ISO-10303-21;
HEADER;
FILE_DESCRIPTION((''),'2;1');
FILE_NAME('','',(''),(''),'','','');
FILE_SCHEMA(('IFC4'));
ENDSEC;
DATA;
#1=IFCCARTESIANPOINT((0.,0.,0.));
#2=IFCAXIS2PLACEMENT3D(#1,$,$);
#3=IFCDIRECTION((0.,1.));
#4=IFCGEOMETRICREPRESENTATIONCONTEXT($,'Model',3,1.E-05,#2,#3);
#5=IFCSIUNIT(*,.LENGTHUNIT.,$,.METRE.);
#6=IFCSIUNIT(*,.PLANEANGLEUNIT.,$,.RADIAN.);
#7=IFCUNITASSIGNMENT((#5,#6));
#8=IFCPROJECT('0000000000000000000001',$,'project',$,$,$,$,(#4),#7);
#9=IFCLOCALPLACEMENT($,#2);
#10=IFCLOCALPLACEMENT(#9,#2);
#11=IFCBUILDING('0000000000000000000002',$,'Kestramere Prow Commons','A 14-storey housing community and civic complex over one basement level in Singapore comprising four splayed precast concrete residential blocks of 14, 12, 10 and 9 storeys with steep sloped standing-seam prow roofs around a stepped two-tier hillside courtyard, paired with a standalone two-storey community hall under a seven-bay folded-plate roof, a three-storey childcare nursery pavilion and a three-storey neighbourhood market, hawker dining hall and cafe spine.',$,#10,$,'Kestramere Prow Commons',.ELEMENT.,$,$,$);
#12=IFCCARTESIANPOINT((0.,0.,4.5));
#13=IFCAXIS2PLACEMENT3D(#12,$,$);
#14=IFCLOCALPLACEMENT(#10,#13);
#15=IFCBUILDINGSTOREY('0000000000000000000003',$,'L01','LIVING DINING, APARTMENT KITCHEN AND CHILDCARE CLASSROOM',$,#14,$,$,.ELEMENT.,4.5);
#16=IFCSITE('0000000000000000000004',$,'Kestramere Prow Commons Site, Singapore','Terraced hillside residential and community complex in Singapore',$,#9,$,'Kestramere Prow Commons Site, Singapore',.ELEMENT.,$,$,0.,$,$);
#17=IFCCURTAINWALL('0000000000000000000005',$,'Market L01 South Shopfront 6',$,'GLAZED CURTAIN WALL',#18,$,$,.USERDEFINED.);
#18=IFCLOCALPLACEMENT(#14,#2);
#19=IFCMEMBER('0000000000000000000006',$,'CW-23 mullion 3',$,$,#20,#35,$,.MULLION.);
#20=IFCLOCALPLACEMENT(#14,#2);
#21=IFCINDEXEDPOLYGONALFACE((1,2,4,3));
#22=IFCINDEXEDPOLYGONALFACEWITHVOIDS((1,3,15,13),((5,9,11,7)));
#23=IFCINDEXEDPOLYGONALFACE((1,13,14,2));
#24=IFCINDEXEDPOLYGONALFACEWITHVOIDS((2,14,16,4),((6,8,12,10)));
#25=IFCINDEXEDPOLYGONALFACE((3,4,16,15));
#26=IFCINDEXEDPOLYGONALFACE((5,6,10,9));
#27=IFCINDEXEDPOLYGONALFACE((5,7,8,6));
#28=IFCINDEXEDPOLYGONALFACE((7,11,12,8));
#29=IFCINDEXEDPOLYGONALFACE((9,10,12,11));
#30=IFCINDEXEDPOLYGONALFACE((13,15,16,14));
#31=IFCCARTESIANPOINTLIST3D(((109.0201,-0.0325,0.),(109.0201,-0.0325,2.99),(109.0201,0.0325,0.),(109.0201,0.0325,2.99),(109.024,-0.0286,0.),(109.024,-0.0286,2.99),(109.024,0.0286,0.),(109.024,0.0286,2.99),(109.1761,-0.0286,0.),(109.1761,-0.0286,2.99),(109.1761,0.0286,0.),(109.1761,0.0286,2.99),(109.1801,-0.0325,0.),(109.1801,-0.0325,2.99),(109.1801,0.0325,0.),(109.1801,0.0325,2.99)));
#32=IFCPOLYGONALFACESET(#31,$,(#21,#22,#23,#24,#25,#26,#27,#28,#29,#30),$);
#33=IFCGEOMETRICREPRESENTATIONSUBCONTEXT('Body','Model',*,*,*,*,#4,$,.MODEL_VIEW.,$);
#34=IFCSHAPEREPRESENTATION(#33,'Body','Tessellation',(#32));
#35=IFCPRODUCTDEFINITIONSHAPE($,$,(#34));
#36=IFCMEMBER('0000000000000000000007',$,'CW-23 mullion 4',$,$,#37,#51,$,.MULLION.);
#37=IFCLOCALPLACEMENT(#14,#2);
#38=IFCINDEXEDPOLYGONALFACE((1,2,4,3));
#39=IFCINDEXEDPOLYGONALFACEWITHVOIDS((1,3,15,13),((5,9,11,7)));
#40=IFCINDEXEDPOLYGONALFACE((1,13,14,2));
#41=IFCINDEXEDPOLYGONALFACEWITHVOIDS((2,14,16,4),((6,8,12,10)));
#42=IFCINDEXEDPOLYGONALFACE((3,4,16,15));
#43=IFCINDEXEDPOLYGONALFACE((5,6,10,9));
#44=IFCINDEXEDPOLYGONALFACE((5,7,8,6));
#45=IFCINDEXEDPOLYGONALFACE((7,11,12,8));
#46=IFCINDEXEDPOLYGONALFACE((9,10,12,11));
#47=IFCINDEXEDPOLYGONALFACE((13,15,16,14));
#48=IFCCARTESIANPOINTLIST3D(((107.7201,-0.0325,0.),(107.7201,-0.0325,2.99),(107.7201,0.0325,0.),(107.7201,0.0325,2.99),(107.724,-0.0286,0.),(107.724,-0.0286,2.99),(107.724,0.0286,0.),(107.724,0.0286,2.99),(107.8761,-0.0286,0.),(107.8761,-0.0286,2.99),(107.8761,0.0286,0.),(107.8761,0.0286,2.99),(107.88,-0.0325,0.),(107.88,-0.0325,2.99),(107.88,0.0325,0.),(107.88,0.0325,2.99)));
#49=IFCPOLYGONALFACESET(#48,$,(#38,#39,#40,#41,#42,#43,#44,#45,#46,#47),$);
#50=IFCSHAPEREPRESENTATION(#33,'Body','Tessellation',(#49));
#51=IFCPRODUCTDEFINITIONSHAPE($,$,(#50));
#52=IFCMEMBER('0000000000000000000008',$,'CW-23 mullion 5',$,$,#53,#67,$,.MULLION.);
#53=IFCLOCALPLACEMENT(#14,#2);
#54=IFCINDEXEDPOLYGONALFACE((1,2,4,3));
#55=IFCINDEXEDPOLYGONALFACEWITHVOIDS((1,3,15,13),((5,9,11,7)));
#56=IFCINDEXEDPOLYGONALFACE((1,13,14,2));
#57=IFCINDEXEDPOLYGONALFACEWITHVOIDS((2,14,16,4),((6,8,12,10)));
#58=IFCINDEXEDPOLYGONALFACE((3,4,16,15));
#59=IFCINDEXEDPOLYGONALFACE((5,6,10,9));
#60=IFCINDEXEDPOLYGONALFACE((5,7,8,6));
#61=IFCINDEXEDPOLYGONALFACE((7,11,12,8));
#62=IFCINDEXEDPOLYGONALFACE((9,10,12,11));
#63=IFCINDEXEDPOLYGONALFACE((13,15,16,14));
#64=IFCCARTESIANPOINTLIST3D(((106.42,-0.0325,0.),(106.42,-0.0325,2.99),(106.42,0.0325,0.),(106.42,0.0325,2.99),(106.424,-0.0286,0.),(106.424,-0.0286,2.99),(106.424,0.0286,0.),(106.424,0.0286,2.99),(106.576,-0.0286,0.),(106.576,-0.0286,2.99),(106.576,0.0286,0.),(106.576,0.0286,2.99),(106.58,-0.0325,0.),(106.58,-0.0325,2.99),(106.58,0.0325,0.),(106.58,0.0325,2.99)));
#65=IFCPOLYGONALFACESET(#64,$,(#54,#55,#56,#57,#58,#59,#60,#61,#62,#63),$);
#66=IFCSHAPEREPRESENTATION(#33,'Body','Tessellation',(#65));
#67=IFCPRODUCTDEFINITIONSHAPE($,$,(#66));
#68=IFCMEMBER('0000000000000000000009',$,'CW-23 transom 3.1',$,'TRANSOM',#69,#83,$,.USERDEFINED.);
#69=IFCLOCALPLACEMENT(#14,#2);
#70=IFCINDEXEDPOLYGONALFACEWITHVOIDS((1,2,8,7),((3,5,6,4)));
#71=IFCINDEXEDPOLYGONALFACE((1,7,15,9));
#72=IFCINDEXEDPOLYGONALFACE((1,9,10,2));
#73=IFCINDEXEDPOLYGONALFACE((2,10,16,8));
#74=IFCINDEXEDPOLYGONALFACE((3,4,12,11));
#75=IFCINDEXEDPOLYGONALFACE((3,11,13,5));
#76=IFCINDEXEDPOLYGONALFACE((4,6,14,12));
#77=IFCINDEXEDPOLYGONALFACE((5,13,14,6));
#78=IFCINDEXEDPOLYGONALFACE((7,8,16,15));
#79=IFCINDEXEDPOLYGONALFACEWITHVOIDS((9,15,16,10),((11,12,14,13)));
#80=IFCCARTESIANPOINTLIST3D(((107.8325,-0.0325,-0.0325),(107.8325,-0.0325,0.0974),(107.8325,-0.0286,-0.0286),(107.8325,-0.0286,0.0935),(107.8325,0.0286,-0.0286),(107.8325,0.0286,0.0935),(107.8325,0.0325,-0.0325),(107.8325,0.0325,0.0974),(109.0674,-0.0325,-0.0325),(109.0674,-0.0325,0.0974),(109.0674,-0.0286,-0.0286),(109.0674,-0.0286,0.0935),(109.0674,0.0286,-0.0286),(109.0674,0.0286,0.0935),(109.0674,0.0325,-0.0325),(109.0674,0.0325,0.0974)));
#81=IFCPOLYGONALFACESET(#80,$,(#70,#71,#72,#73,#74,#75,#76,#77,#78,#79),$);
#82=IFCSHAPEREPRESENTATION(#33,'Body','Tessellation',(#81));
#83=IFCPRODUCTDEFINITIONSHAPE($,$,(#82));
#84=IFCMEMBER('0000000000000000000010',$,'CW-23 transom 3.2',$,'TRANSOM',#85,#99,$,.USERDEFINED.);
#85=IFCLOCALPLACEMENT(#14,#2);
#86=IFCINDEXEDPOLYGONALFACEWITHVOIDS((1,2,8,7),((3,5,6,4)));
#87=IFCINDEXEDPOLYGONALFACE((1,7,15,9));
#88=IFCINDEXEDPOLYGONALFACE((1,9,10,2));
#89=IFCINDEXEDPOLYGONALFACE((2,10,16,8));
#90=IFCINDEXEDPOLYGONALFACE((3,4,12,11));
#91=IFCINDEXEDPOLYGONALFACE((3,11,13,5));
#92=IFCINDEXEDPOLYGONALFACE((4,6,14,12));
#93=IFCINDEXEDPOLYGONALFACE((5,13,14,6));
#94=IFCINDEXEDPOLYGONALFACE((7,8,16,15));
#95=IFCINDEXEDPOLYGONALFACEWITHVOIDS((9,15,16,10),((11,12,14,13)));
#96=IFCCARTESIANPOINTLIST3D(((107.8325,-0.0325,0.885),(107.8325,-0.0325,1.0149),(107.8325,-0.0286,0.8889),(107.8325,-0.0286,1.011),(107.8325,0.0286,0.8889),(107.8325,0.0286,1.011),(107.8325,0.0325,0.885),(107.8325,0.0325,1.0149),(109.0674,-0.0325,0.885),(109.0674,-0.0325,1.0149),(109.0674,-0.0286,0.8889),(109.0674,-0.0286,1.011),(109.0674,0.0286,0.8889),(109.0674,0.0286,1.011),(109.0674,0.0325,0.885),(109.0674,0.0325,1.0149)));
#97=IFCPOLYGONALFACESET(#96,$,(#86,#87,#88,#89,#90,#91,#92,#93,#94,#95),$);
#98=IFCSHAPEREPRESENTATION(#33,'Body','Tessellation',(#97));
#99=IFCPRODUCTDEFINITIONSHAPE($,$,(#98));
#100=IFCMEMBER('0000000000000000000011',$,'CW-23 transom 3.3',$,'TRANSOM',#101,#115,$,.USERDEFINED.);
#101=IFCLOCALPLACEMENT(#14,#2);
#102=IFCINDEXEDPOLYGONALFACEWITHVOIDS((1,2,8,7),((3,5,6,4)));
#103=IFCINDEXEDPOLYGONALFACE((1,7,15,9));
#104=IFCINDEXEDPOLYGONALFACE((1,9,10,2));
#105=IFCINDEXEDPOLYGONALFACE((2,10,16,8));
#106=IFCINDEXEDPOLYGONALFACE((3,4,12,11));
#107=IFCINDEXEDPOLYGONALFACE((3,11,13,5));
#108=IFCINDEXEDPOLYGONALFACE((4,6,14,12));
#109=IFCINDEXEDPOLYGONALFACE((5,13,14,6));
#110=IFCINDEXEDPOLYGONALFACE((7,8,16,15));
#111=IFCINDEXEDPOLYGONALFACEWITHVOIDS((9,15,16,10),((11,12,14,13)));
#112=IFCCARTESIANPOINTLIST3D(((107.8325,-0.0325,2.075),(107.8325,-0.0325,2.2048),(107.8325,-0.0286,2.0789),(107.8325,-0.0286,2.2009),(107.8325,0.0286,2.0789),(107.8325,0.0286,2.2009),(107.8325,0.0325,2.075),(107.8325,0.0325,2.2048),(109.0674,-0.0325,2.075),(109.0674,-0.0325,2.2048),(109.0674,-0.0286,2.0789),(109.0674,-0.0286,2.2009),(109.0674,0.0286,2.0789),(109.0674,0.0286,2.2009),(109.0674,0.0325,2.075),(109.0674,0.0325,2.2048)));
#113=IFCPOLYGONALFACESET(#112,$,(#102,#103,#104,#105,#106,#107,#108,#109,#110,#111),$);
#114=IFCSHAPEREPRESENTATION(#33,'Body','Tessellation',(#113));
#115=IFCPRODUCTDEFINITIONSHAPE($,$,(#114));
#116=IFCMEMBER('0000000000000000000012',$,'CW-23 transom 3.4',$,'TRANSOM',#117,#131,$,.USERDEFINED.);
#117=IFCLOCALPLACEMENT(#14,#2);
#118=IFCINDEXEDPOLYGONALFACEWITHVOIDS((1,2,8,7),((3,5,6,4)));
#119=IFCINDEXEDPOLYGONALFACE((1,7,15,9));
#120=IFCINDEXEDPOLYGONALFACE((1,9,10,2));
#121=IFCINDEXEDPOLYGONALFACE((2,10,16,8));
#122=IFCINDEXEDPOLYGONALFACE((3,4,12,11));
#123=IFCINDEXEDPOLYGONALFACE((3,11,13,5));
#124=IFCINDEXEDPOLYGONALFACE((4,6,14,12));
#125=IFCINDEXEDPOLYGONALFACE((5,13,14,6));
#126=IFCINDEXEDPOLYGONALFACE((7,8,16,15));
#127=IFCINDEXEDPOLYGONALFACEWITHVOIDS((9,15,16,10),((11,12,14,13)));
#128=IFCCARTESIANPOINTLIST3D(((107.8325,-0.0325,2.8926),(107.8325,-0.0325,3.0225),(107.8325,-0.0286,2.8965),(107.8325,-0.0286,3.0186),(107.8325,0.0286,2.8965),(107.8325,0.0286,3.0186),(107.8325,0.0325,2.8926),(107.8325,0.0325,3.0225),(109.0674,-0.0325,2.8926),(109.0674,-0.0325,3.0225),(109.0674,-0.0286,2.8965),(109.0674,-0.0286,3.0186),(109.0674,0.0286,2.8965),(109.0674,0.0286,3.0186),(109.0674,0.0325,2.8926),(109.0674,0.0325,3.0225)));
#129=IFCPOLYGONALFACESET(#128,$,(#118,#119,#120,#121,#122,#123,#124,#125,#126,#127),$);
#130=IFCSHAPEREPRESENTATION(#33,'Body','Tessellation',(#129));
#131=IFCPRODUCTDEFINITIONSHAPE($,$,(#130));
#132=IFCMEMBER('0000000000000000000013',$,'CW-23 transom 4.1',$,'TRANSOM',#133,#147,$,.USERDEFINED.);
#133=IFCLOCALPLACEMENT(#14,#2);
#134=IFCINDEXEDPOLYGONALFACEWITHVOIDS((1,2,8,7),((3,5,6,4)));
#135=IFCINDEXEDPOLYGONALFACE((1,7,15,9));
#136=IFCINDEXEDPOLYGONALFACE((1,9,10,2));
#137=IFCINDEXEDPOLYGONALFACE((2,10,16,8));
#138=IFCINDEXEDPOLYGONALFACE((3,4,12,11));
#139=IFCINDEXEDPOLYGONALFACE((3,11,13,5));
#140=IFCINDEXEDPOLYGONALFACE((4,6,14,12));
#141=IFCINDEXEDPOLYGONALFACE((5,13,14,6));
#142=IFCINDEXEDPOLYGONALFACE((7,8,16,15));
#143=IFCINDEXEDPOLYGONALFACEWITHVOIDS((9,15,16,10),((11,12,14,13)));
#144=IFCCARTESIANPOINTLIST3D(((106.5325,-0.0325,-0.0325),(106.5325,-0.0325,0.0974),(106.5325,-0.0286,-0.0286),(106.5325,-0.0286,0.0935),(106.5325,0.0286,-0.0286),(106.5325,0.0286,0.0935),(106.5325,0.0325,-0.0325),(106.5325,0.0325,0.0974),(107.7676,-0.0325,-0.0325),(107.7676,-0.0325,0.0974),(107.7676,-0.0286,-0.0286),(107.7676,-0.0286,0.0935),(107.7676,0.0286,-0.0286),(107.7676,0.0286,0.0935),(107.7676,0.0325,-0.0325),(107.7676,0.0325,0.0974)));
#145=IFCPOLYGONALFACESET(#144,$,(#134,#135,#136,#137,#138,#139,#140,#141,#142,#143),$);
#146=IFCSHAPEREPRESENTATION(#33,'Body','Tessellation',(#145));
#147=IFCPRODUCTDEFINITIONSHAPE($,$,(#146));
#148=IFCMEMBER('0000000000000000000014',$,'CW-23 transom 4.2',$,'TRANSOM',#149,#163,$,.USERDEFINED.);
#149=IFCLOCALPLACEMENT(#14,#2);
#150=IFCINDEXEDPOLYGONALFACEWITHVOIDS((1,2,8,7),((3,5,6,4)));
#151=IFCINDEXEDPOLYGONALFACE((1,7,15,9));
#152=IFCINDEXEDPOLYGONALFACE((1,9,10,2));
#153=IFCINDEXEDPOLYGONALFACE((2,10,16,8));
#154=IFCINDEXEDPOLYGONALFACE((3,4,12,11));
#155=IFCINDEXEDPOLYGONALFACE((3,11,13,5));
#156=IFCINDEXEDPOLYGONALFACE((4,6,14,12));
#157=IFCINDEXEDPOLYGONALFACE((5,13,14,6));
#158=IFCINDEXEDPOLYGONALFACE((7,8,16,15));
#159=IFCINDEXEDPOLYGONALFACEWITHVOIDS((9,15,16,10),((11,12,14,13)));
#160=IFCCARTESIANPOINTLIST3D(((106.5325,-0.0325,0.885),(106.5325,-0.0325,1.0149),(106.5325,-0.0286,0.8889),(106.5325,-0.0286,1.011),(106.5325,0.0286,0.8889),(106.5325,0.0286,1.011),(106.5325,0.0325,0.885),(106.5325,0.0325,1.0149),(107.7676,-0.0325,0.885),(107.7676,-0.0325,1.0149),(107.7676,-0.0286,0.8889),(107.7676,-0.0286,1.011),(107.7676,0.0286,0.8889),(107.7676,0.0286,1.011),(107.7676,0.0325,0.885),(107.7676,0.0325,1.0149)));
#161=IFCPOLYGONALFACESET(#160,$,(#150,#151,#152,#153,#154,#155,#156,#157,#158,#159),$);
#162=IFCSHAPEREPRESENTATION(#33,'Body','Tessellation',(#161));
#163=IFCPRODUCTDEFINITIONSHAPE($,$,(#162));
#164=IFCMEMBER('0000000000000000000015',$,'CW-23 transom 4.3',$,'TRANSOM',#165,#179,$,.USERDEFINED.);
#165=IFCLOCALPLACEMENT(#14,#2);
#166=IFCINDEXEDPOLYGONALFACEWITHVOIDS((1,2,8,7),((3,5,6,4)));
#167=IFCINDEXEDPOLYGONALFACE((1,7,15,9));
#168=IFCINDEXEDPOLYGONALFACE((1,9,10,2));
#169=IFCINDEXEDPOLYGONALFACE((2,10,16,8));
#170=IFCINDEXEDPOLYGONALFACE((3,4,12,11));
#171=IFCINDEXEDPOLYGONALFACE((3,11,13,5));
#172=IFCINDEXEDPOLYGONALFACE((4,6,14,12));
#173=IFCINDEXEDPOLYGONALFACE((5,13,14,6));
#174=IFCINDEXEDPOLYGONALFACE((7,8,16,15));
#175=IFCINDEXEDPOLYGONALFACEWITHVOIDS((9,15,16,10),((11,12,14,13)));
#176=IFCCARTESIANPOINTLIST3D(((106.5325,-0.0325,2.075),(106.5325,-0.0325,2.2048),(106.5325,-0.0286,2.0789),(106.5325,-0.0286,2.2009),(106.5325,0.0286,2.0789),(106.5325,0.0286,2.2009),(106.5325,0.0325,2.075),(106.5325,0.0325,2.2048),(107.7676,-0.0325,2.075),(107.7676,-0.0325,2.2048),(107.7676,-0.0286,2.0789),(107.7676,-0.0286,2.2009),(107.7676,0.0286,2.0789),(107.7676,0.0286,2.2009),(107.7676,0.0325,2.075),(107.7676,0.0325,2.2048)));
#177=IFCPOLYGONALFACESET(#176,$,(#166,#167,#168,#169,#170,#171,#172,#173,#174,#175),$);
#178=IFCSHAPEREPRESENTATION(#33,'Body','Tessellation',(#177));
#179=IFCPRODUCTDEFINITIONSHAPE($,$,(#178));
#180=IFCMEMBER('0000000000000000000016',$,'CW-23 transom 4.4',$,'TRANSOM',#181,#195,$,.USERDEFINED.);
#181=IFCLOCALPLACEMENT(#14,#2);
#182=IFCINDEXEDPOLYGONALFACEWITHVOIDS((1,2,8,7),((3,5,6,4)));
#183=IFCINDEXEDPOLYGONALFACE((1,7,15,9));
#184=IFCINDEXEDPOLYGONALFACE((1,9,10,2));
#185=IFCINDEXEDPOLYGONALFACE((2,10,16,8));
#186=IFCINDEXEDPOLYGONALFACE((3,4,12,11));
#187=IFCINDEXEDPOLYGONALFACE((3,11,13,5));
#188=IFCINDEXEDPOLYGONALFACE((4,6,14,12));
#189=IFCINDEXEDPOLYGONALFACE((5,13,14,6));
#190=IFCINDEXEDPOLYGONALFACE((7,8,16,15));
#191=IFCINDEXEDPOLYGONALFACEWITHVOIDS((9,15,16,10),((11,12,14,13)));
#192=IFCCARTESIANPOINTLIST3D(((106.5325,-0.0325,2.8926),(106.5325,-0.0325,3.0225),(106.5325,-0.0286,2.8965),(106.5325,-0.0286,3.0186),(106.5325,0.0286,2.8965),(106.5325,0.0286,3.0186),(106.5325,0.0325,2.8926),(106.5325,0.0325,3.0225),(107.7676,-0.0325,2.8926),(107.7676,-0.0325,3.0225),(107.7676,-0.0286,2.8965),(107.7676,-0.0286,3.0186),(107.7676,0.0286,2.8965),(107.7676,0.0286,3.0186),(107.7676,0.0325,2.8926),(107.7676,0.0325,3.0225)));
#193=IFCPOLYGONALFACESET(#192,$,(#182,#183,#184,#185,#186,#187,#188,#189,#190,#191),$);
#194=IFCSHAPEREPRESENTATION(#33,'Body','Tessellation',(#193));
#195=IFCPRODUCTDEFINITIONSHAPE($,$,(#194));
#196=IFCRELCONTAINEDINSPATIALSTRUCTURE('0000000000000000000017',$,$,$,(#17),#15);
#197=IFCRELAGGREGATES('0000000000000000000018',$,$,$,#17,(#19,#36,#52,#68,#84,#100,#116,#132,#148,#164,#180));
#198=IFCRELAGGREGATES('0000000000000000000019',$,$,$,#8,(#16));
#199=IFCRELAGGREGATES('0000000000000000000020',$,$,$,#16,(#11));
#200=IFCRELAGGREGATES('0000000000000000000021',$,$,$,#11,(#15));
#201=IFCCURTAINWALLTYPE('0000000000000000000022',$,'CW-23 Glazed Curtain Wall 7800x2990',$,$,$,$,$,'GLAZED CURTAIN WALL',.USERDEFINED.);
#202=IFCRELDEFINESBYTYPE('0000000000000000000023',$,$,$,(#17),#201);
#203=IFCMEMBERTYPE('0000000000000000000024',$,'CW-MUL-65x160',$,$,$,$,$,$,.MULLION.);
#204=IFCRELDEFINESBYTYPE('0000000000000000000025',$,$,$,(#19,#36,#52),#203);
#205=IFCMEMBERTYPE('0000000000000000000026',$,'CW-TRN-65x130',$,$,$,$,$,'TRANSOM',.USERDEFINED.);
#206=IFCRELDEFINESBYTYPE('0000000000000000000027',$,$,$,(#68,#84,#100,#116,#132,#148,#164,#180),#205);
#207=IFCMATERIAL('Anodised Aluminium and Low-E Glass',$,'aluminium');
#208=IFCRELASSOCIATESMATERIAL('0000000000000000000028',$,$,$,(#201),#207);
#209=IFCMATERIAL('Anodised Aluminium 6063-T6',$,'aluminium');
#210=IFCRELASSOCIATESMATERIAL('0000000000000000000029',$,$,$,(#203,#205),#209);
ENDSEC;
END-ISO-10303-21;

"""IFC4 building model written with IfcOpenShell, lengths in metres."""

from ifc_helpers import new_model, si_unit, direction, frame, origin, origin_2d, place, context, subcontext, project, spatial, hollow_rectangle, extrude, material, material_profile, profile_set, type_object, element, aggregate, save


model = new_model("IFC4")

# Units and contexts
model_context = context("Model", 3, precision=1e-05, world=origin(), true_north=direction((0.0, 1.0)))
body_context = subcontext(model_context, "Body", "Model", "MODEL_VIEW")
ifc_project = project(units=[si_unit("LENGTHUNIT", "METRE"), si_unit("PLANEANGLEUNIT", "RADIAN")], contexts=[model_context])

# Site, building, storey
site_placement = place(None, origin())
site = spatial("IfcSite", under=ifc_project, at=site_placement, Name="Kestramere Prow Commons Site, Singapore", Description="Terraced hillside residential and community complex in Singapore", LongName="Kestramere Prow Commons Site, Singapore", CompositionType="ELEMENT", RefElevation=0.0)
building_placement = place(site_placement, origin())
building = spatial("IfcBuilding", under=site, at=building_placement, Name="Kestramere Prow Commons", Description="A 14-storey housing community and civic complex over one basement level in Singapore comprising four splayed precast concrete residential blocks of 14, 12, 10 and 9 storeys with steep sloped standing-seam prow roofs around a stepped two-tier hillside courtyard, paired with a standalone two-storey community hall under a seven-bay folded-plate roof, a three-storey childcare nursery pavilion and a three-storey neighbourhood market, hawker dining hall and cafe spine.", LongName="Kestramere Prow Commons", CompositionType="ELEMENT")
storey_placement = place(building_placement, frame((0.0, 0.0, 4.5)))
storey = spatial("IfcBuildingStorey", under=building, at=storey_placement, Name="L01", Description="LIVING DINING, APARTMENT KITCHEN AND CHILDCARE CLASSROOM", CompositionType="ELEMENT", Elevation=4.5)

# Curtain wall, members
ifc_material_1 = material(Name="Anodised Aluminium and Low-E Glass", Category="aluminium")
curtain_wall_type = type_object("IfcCurtainWallType", Name="CW-23 Glazed Curtain Wall 7800x2990", ElementType="GLAZED CURTAIN WALL", PredefinedType="USERDEFINED", material=ifc_material_1)
curtain_wall_placement = place(storey_placement, origin())
curtain_wall = element("IfcCurtainWall", 1, at=curtain_wall_placement, inside=storey, type_object=curtain_wall_type, Name="Market L01 South Shopfront 6", ObjectType="GLAZED CURTAIN WALL", PredefinedType="USERDEFINED")
ifc_material_2 = material(Name="Anodised Aluminium 6063-T6", Category="aluminium")
ifc_material_profile_1 = material_profile(ifc_material_2, hollow_rectangle(XDim=0.0649, YDim=0.1599, WallThickness=0.0039, at=origin_2d()), Name="ALU-MUL 65x160")
ifc_profile_set_1 = profile_set([ifc_material_profile_1], Name="Anodised Aluminium 6063-T6")
member_type_1 = type_object("IfcMemberType", Name="CW-MUL-65x160", PredefinedType="MULLION", material=ifc_profile_set_1)
member_1_placement = place(storey_placement, frame((109.1001, 0.0, 0.0), z_axis=(0.0, 0.0, 1.0), x_axis=(0.0, -1.0, 0.0)))
member_1 = element("IfcMember", 2, at=member_1_placement, type_object=member_type_1, Name="CW-23 mullion 3", PredefinedType="MULLION", context=body_context, shape_type="SweptSolid", body=[
    extrude(hollow_rectangle(XDim=0.0649, YDim=0.1599, WallThickness=0.0039, at=origin_2d()), origin(), (0.0, 0.0, 1.0), 2.99),
])
member_2_placement = place(storey_placement, frame((107.8, 0.0, 0.0), z_axis=(0.0, 0.0, 1.0), x_axis=(0.0, -1.0, 0.0)))
member_2 = element("IfcMember", 3, at=member_2_placement, type_object=member_type_1, Name="CW-23 mullion 4", PredefinedType="MULLION", context=body_context, shape_type="SweptSolid", body=[
    extrude(hollow_rectangle(XDim=0.0649, YDim=0.1599, WallThickness=0.0039, at=origin_2d()), origin(), (0.0, 0.0, 1.0), 2.99),
])
member_3_placement = place(storey_placement, frame((106.5, 0.0, 0.0), z_axis=(0.0, 0.0, 1.0), x_axis=(0.0, -1.0, 0.0)))
member_3 = element("IfcMember", 4, at=member_3_placement, type_object=member_type_1, Name="CW-23 mullion 5", PredefinedType="MULLION", context=body_context, shape_type="SweptSolid", body=[
    extrude(hollow_rectangle(XDim=0.0649, YDim=0.1599, WallThickness=0.0039, at=origin_2d()), origin(), (0.0, 0.0, 1.0), 2.99),
])
ifc_material_profile_2 = material_profile(ifc_material_2, hollow_rectangle(XDim=0.0649, YDim=0.1299, WallThickness=0.0039, at=origin_2d()), Name="ALU-TRN 65x130")
ifc_profile_set_2 = profile_set([ifc_material_profile_2], Name="Anodised Aluminium 6063-T6")
member_type_2 = type_object("IfcMemberType", Name="CW-TRN-65x130", ElementType="TRANSOM", PredefinedType="USERDEFINED", material=ifc_profile_set_2)
member_4_placement = place(storey_placement, frame((109.0674, 0.0, 0.0325), z_axis=(-1.0, 0.0, 0.0), x_axis=(0.0, -1.0, 0.0)))
member_4 = element("IfcMember", 5, at=member_4_placement, type_object=member_type_2, Name="CW-23 transom 3.1", ObjectType="TRANSOM", PredefinedType="USERDEFINED", context=body_context, shape_type="SweptSolid", body=[
    extrude(hollow_rectangle(XDim=0.0649, YDim=0.1299, WallThickness=0.0039, at=origin_2d()), origin(), (0.0, 0.0, 1.0), 1.2349),
])
member_5_placement = place(storey_placement, frame((109.0674, 0.0, 0.95), z_axis=(-1.0, 0.0, 0.0), x_axis=(0.0, -1.0, 0.0)))
member_5 = element("IfcMember", 6, at=member_5_placement, type_object=member_type_2, Name="CW-23 transom 3.2", ObjectType="TRANSOM", PredefinedType="USERDEFINED", context=body_context, shape_type="SweptSolid", body=[
    extrude(hollow_rectangle(XDim=0.0649, YDim=0.1299, WallThickness=0.0039, at=origin_2d()), origin(), (0.0, 0.0, 1.0), 1.2349),
])
member_6_placement = place(storey_placement, frame((109.0674, 0.0, 2.1399), z_axis=(-1.0, 0.0, 0.0), x_axis=(0.0, -1.0, 0.0)))
member_6 = element("IfcMember", 7, at=member_6_placement, type_object=member_type_2, Name="CW-23 transom 3.3", ObjectType="TRANSOM", PredefinedType="USERDEFINED", context=body_context, shape_type="SweptSolid", body=[
    extrude(hollow_rectangle(XDim=0.0649, YDim=0.1299, WallThickness=0.0039, at=origin_2d()), origin(), (0.0, 0.0, 1.0), 1.2349),
])
member_7_placement = place(storey_placement, frame((109.0674, 0.0, 2.9575), z_axis=(-1.0, 0.0, 0.0), x_axis=(0.0, -1.0, 0.0)))
member_7 = element("IfcMember", 8, at=member_7_placement, type_object=member_type_2, Name="CW-23 transom 3.4", ObjectType="TRANSOM", PredefinedType="USERDEFINED", context=body_context, shape_type="SweptSolid", body=[
    extrude(hollow_rectangle(XDim=0.0649, YDim=0.1299, WallThickness=0.0039, at=origin_2d()), origin(), (0.0, 0.0, 1.0), 1.2349),
])
member_8_placement = place(storey_placement, frame((107.7676, 0.0, 0.0325), z_axis=(-1.0, 0.0, 0.0), x_axis=(0.0, -1.0, 0.0)))
member_8 = element("IfcMember", 9, at=member_8_placement, type_object=member_type_2, Name="CW-23 transom 4.1", ObjectType="TRANSOM", PredefinedType="USERDEFINED", context=body_context, shape_type="SweptSolid", body=[
    extrude(hollow_rectangle(XDim=0.0649, YDim=0.1299, WallThickness=0.0039, at=origin_2d()), origin(), (0.0, 0.0, 1.0), 1.2351),
])
member_9_placement = place(storey_placement, frame((107.7676, 0.0, 0.95), z_axis=(-1.0, 0.0, 0.0), x_axis=(0.0, -1.0, 0.0)))
member_9 = element("IfcMember", 10, at=member_9_placement, type_object=member_type_2, Name="CW-23 transom 4.2", ObjectType="TRANSOM", PredefinedType="USERDEFINED", context=body_context, shape_type="SweptSolid", body=[
    extrude(hollow_rectangle(XDim=0.0649, YDim=0.1299, WallThickness=0.0039, at=origin_2d()), origin(), (0.0, 0.0, 1.0), 1.2351),
])
member_10_placement = place(storey_placement, frame((107.7676, 0.0, 2.1399), z_axis=(-1.0, 0.0, 0.0), x_axis=(0.0, -1.0, 0.0)))
member_10 = element("IfcMember", 11, at=member_10_placement, type_object=member_type_2, Name="CW-23 transom 4.3", ObjectType="TRANSOM", PredefinedType="USERDEFINED", context=body_context, shape_type="SweptSolid", body=[
    extrude(hollow_rectangle(XDim=0.0649, YDim=0.1299, WallThickness=0.0039, at=origin_2d()), origin(), (0.0, 0.0, 1.0), 1.2351),
])
member_11_placement = place(storey_placement, frame((107.7676, 0.0, 2.9575), z_axis=(-1.0, 0.0, 0.0), x_axis=(0.0, -1.0, 0.0)))
member_11 = element("IfcMember", 12, at=member_11_placement, type_object=member_type_2, Name="CW-23 transom 4.4", ObjectType="TRANSOM", PredefinedType="USERDEFINED", context=body_context, shape_type="SweptSolid", body=[
    extrude(hollow_rectangle(XDim=0.0649, YDim=0.1299, WallThickness=0.0039, at=origin_2d()), origin(), (0.0, 0.0, 1.0), 1.2351),
])
aggregate(curtain_wall, [member_1, member_2, member_3, member_4, member_5, member_6, member_7, member_8, member_9, member_10, member_11])

save(model, "model.ifc")
